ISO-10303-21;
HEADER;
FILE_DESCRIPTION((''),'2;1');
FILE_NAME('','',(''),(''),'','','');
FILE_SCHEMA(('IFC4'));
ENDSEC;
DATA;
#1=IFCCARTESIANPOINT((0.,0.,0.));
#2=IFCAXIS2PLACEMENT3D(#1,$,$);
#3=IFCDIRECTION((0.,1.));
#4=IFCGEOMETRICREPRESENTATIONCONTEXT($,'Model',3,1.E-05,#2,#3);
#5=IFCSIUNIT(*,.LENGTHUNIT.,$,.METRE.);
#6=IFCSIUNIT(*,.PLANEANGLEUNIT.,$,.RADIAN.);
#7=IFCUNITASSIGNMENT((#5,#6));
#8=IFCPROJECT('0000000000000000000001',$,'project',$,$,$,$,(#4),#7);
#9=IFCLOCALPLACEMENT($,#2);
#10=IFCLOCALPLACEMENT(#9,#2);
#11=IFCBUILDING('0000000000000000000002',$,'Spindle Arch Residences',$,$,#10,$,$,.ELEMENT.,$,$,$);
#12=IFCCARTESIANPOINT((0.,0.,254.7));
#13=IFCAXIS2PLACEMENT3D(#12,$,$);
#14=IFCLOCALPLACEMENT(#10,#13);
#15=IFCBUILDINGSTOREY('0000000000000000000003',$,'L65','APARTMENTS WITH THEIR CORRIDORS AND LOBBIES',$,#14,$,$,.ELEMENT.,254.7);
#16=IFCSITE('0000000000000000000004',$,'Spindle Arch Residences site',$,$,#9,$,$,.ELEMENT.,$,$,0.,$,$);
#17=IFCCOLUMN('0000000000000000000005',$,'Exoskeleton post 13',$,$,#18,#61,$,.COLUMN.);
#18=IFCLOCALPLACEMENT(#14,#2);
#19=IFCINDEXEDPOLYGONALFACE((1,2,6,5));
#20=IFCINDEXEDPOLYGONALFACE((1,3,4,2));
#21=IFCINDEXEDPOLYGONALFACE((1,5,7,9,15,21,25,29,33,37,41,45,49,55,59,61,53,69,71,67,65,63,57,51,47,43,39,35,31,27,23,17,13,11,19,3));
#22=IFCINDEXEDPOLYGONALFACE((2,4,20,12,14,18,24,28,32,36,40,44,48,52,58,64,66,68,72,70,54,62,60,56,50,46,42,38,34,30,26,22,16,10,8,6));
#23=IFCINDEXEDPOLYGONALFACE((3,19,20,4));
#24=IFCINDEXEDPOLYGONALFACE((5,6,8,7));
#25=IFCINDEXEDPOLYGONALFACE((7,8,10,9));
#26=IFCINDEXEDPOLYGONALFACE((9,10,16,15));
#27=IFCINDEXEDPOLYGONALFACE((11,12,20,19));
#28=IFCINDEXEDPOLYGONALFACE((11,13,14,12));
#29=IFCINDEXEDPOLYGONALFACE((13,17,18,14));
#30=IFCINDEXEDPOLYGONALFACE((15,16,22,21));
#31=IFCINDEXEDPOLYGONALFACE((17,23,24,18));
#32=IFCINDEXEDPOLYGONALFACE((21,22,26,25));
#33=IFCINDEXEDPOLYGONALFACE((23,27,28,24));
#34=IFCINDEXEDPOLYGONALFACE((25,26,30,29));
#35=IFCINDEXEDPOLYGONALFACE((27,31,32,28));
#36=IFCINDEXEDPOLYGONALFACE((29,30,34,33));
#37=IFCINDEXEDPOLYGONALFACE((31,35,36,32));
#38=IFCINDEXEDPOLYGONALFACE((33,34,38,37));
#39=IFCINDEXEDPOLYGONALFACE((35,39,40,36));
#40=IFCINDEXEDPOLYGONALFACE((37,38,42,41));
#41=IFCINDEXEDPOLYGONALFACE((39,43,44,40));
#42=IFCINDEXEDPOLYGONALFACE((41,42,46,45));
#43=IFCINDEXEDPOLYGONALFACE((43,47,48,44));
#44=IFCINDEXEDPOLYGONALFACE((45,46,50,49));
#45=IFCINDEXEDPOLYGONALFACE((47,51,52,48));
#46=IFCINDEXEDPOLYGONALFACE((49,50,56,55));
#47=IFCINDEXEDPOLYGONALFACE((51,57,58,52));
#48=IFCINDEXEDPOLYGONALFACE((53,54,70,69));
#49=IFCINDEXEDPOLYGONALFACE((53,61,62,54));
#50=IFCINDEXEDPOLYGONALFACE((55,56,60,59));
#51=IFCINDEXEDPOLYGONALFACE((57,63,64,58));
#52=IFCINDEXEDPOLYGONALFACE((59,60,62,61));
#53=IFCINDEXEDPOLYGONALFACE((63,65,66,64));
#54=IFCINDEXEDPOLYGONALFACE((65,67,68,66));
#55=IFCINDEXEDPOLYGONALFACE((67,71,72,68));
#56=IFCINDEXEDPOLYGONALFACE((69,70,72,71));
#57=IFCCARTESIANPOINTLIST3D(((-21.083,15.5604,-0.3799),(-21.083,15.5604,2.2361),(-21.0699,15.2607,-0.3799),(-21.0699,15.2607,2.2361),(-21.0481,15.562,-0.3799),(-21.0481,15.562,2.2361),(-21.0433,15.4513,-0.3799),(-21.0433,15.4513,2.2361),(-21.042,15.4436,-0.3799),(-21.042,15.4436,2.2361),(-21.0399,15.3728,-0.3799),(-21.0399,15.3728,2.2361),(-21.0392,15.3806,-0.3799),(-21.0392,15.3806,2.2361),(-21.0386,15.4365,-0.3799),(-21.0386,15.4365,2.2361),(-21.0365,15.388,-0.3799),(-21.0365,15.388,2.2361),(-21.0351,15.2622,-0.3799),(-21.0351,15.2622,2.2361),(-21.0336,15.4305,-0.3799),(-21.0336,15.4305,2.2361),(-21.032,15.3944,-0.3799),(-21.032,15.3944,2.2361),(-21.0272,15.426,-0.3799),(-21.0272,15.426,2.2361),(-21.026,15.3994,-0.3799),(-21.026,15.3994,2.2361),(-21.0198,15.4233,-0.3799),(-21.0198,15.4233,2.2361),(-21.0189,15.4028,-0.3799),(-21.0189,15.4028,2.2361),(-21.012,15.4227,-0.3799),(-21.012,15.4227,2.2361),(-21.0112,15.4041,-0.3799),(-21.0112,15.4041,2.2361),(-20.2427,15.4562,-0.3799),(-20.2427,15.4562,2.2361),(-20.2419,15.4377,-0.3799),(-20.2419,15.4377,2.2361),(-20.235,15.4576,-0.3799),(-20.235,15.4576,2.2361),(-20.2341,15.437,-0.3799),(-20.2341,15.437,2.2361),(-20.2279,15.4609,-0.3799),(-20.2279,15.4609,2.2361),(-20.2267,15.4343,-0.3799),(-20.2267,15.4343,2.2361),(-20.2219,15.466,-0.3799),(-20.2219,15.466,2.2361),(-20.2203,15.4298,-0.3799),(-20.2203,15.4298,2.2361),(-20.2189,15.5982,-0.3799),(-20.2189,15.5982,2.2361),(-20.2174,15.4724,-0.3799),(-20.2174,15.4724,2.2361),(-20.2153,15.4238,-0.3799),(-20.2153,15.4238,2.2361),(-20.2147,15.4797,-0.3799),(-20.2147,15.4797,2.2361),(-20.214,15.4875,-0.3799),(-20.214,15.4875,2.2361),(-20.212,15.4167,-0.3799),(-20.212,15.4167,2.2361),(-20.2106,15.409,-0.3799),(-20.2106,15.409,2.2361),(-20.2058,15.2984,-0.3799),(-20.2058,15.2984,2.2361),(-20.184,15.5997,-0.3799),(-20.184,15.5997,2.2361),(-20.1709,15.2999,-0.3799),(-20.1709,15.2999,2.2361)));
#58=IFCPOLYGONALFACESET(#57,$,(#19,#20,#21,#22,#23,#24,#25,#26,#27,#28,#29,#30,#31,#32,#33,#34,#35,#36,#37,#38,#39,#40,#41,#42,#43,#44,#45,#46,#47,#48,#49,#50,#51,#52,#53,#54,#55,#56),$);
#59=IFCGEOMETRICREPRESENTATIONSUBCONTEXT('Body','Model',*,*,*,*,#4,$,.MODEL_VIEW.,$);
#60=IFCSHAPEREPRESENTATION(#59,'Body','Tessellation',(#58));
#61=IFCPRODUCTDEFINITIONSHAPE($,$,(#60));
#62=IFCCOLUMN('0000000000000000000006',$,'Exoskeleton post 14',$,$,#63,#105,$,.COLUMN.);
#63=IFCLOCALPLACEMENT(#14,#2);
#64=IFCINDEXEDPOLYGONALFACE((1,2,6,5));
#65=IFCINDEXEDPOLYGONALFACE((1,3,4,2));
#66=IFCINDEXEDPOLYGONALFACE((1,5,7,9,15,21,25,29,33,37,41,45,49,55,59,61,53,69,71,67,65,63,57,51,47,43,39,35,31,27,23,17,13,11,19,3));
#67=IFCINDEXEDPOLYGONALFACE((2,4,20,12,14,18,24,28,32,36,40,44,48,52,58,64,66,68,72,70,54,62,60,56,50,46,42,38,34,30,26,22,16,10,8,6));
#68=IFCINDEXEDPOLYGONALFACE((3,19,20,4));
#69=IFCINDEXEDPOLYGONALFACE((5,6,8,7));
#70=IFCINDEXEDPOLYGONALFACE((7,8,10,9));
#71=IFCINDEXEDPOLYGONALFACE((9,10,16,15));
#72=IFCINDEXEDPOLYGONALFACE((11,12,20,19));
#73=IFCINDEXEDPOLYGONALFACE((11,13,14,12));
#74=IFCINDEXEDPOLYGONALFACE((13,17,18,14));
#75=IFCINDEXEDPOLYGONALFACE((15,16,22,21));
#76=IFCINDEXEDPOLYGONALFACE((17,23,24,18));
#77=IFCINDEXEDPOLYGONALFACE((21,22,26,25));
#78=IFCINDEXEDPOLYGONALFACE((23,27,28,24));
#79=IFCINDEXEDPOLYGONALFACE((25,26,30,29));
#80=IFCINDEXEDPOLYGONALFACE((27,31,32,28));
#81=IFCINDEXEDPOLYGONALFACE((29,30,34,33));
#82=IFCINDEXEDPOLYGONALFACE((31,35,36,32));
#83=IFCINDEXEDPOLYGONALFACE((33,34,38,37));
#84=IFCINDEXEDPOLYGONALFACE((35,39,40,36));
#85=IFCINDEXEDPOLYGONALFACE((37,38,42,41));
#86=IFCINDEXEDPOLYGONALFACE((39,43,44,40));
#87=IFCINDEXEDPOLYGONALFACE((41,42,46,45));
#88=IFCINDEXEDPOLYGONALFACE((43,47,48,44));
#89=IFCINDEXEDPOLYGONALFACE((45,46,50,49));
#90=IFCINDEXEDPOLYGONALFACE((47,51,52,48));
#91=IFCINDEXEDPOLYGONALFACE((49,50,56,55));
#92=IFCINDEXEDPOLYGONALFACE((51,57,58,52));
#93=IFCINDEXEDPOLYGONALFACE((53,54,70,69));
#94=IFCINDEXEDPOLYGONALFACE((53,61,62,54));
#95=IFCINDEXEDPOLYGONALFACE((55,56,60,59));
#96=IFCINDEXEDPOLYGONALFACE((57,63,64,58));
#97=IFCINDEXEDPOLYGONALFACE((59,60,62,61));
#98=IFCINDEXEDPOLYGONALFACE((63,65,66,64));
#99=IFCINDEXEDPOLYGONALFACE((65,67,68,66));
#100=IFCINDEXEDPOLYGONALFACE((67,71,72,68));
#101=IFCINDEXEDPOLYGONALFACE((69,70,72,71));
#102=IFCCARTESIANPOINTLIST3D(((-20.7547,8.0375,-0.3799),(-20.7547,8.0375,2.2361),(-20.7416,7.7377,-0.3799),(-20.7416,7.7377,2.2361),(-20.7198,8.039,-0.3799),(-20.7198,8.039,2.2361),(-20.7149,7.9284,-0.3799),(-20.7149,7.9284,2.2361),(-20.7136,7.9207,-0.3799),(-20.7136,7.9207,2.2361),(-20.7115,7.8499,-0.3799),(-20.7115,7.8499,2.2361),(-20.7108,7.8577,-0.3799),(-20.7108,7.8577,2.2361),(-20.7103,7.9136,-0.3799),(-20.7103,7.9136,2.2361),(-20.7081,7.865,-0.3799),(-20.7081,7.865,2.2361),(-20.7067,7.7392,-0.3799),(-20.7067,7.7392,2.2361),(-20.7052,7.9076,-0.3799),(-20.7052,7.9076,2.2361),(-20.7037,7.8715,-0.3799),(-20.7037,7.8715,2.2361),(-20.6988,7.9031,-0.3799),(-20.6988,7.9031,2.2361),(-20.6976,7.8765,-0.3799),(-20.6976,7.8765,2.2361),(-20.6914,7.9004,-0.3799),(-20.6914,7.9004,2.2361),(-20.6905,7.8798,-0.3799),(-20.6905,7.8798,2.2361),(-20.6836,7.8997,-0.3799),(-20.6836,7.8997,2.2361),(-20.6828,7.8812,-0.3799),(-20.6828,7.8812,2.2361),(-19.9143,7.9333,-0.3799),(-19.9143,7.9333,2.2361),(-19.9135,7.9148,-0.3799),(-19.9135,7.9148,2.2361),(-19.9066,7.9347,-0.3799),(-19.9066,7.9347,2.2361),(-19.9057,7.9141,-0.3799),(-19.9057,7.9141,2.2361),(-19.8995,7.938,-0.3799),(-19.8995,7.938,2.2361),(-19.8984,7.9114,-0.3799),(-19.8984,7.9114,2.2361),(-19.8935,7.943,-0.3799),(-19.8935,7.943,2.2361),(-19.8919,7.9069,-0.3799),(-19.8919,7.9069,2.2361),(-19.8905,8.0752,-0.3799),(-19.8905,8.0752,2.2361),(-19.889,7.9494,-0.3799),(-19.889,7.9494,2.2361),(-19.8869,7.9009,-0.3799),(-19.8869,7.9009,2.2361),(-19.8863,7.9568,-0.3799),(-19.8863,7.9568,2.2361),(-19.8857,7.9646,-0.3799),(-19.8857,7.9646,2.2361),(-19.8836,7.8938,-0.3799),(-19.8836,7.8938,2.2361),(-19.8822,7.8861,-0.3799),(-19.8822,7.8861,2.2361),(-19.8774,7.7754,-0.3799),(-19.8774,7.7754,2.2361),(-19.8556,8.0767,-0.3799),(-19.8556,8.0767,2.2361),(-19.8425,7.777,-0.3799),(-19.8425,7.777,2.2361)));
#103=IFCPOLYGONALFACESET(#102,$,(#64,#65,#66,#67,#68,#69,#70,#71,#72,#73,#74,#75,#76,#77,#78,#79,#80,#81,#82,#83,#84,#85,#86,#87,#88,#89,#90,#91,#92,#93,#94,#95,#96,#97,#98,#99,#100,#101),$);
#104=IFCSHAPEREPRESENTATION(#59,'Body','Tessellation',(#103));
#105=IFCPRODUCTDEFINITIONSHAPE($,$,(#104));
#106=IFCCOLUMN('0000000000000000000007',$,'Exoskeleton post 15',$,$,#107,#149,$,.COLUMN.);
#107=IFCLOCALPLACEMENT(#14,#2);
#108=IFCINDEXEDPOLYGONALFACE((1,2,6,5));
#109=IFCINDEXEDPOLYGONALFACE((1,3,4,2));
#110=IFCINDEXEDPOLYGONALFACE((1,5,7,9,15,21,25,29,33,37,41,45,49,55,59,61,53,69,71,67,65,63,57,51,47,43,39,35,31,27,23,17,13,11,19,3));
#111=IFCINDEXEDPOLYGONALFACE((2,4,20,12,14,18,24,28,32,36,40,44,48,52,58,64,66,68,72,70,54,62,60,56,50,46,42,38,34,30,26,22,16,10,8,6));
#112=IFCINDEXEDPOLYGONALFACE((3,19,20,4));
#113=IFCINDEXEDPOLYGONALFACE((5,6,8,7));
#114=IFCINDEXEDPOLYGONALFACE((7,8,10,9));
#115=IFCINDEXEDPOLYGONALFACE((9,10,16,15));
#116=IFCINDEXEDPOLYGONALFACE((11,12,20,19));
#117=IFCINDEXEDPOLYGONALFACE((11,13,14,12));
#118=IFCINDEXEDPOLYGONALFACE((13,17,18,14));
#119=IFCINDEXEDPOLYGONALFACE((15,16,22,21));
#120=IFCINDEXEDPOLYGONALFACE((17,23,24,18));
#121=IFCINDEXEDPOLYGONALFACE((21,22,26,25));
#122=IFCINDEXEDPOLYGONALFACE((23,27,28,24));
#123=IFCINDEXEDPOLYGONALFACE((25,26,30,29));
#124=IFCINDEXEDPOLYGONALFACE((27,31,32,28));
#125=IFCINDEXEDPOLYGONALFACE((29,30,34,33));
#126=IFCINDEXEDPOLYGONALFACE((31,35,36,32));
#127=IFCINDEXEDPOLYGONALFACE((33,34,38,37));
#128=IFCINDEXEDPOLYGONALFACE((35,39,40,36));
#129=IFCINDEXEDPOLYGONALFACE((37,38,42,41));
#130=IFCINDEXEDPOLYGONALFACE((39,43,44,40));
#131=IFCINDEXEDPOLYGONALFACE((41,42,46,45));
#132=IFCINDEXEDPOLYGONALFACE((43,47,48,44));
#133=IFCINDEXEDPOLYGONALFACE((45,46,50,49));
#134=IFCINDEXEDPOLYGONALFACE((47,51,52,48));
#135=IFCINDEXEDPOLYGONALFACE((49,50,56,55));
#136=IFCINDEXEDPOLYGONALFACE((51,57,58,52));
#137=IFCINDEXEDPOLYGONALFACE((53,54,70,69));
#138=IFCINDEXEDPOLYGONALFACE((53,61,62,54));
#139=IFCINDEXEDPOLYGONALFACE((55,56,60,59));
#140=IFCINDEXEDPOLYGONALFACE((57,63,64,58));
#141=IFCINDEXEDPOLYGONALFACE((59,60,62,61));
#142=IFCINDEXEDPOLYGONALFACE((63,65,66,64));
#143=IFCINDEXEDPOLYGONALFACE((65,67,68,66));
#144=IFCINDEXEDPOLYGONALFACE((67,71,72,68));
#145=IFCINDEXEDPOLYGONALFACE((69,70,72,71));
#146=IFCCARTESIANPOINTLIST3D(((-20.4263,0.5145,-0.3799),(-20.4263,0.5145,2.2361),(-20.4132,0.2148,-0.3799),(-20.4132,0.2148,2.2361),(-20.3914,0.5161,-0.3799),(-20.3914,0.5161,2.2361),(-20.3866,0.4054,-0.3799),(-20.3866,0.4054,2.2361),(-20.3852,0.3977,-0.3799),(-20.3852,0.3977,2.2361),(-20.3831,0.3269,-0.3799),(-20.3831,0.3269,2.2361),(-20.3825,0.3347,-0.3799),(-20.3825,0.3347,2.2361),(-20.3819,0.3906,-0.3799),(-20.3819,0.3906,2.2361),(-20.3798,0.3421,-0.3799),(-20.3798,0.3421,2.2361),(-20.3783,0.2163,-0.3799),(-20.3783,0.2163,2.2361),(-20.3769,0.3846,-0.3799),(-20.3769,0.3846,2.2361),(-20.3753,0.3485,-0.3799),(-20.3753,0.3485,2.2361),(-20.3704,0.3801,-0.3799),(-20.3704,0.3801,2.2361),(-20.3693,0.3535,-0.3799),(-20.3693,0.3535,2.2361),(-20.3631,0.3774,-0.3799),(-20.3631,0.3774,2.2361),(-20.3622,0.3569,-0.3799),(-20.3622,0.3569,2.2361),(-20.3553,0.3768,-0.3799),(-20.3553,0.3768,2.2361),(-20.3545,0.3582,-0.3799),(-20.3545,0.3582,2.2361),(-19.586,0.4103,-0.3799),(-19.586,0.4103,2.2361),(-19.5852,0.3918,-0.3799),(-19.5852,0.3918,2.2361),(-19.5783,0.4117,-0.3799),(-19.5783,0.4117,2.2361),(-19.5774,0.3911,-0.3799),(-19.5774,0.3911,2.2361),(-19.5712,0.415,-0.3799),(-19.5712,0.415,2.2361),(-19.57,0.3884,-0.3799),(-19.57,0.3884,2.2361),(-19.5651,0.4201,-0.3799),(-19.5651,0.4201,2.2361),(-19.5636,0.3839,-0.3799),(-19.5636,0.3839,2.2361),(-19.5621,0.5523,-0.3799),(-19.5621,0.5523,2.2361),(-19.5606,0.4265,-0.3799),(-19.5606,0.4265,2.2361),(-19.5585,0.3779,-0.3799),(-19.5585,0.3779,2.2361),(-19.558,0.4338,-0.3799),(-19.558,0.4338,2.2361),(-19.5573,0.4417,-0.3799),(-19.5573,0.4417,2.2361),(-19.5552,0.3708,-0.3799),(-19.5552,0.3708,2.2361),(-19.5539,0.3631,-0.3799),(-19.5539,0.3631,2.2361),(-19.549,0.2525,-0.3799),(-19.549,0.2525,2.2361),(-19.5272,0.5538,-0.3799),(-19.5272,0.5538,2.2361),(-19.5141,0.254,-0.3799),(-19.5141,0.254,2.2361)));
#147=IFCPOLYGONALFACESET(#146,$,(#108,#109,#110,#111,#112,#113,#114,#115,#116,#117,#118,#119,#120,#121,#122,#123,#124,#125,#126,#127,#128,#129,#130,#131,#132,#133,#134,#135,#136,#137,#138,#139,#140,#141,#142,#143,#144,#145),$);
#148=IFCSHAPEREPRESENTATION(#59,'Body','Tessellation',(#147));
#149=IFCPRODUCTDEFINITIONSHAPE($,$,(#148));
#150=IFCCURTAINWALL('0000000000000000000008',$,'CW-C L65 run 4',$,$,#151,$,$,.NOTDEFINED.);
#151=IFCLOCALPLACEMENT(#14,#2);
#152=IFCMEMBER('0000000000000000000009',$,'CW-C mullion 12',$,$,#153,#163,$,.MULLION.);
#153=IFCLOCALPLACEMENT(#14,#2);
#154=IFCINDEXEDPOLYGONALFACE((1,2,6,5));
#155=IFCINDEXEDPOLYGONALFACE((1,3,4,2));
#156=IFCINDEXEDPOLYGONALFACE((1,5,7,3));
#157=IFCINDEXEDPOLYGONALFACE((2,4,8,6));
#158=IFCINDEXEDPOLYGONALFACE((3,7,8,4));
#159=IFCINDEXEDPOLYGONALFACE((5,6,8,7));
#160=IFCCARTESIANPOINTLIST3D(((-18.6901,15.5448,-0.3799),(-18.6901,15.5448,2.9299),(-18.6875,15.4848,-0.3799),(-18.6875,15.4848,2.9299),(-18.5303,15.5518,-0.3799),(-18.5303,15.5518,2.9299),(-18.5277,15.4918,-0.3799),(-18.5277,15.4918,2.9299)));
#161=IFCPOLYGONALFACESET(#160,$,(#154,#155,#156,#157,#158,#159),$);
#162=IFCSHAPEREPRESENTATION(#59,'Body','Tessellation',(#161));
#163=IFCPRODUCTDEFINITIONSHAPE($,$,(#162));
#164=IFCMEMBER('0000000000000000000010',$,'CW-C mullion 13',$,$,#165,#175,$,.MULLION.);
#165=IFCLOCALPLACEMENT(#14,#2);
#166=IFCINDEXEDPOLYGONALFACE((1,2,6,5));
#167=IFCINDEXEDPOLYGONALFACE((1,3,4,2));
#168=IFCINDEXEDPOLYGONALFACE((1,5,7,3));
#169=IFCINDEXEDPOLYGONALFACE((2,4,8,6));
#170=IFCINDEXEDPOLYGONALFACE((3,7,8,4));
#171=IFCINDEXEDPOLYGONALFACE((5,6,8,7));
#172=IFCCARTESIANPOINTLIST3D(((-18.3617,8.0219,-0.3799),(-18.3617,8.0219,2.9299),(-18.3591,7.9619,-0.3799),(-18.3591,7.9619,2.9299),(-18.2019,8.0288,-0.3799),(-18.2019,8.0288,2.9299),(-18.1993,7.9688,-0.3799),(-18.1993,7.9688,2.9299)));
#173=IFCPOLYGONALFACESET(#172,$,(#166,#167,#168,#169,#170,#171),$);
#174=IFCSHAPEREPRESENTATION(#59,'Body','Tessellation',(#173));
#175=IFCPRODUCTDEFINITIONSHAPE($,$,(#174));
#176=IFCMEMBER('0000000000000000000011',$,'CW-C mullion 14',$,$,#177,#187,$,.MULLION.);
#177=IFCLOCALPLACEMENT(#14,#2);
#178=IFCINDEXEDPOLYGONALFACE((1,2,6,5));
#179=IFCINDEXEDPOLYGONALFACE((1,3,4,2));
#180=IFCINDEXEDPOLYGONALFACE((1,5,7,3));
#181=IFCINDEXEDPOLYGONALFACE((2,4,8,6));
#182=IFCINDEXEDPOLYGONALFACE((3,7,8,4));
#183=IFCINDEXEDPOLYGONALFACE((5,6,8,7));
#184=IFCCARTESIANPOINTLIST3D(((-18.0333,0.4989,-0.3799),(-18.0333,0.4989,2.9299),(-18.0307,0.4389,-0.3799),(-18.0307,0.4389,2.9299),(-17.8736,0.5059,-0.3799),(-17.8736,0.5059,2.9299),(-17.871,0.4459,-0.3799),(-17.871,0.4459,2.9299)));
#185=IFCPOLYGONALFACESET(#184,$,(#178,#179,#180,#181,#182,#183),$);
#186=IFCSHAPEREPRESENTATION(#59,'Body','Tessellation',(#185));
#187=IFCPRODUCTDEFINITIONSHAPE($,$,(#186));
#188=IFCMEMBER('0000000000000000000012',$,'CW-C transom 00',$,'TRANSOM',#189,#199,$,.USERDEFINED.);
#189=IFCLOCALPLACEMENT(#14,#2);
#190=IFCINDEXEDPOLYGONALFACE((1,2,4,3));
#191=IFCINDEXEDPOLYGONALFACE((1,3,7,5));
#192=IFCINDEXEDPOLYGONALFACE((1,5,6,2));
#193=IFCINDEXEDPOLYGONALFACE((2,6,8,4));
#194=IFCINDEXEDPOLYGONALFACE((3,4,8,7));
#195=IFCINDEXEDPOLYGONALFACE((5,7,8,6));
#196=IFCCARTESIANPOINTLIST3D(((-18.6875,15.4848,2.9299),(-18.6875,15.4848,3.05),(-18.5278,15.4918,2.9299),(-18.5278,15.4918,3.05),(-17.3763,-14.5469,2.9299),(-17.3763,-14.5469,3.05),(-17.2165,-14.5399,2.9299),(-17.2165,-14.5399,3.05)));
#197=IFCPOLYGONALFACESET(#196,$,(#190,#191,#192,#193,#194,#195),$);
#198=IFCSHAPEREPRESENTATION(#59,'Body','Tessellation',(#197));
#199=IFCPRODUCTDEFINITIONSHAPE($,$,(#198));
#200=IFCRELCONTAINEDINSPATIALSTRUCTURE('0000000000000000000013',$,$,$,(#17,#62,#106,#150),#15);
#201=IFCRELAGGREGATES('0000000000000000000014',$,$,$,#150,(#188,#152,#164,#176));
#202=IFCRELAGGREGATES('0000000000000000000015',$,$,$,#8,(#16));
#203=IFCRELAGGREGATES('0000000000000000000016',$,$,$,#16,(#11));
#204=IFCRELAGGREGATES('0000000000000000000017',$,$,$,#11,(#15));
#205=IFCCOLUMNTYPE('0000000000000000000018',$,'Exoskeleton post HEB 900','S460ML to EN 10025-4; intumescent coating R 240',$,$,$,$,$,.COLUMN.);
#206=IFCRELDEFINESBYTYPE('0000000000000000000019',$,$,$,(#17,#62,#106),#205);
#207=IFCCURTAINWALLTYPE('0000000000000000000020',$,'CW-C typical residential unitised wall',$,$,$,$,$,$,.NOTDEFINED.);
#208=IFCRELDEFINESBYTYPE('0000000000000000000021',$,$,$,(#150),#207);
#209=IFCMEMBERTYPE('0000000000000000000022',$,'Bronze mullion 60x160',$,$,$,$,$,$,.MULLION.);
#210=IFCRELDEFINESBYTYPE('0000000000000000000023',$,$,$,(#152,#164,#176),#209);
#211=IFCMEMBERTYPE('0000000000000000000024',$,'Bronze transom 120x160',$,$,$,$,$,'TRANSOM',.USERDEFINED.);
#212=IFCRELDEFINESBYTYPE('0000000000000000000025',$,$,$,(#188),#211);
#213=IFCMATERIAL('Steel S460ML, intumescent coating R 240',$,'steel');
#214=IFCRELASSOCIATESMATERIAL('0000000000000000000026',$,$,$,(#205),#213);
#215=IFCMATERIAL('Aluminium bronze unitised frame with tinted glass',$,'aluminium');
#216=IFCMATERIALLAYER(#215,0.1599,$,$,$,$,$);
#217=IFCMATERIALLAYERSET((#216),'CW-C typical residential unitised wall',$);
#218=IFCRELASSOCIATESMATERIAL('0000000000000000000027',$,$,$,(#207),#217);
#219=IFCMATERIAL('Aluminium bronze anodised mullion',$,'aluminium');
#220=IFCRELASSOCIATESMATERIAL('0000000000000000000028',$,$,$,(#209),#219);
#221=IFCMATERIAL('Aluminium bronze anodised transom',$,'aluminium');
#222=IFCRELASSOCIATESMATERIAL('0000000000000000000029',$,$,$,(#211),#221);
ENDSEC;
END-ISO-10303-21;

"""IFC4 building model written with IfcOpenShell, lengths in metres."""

from ifc_helpers import new_model, si_unit, direction, frame, origin, origin_2d, place, context, subcontext, project, spatial, rectangle, i_section, extrude, material, layer, layer_set, material_profile, profile_set, type_object, element, aggregate, save


model = new_model("IFC4")

# Units and contexts
model_context = context("Model", 3, precision=1e-05, world=origin(), true_north=direction((0.0, 1.0)))
body_context = subcontext(model_context, "Body", "Model", "MODEL_VIEW")
ifc_project = project(units=[si_unit("LENGTHUNIT", "METRE"), si_unit("PLANEANGLEUNIT", "RADIAN")], contexts=[model_context])

# Site, building, storey
site_placement = place(None, origin())
site = spatial("IfcSite", under=ifc_project, at=site_placement, Name="Spindle Arch Residences site", CompositionType="ELEMENT", RefElevation=0.0)
building_placement = place(site_placement, origin())
building = spatial("IfcBuilding", under=site, at=building_placement, Name="Spindle Arch Residences", CompositionType="ELEMENT")
storey_placement = place(building_placement, frame((0.0, 0.0, 254.7)))
storey = spatial("IfcBuildingStorey", under=building, at=storey_placement, Name="L65", Description="APARTMENTS WITH THEIR CORRIDORS AND LOBBIES", CompositionType="ELEMENT", Elevation=254.7)

# Columns
ifc_material_1 = material(Name="Steel S460ML, intumescent coating R 240", Category="steel")
ifc_material_profile_1 = material_profile(ifc_material_1, i_section(OverallWidth=0.3, OverallDepth=0.8999, WebThickness=0.0186, FlangeThickness=0.0349, FilletRadius=0.03, at=origin_2d()), Name="HEB 900")
ifc_profile_set_1 = profile_set([ifc_material_profile_1], Name="Steel S460ML, intumescent coating R 240")
column_type = type_object("IfcColumnType", Name="Exoskeleton post HEB 900", Description="S460ML to EN 10025-4; intumescent coating R 240", PredefinedType="COLUMN", material=ifc_profile_set_1)
for number, where, z_axis, x_axis, name in (
    (1, (-20.627, 15.4302, -0.3799), (0.0, 0.0, 1.0), (-0.043619, 0.999048, 0.0), "Exoskeleton post 13"),
    (2, (-20.2986, 7.9072, -0.3799), (0.0, 0.0, 1.0), (-0.043619, 0.999048, 0.0), "Exoskeleton post 14"),
    (3, (-19.9702, 0.3843, -0.3799), (0.0, 0.0, 1.0), (-0.043619, 0.999048, 0.0), "Exoskeleton post 15"),
):
    element("IfcColumn", number, at=place(storey_placement, frame(where, z_axis=z_axis, x_axis=x_axis)), inside=storey, type_object=column_type, Name=name, PredefinedType="COLUMN", context=body_context, shape_type="SweptSolid", body=[
        extrude(i_section(OverallWidth=0.3, OverallDepth=0.8999, WebThickness=0.0186, FlangeThickness=0.0349, FilletRadius=0.03, at=origin_2d()), origin(), (0.0, 0.0, 1.0), 2.616),
    ])

# Curtain wall, members
ifc_material_2 = material(Name="Aluminium bronze unitised frame with tinted glass", Category="aluminium")
ifc_layer_1 = layer(ifc_material_2, 0.1599)
ifc_layer_set_1 = layer_set([ifc_layer_1], Name="CW-C typical residential unitised wall")
curtain_wall_type = type_object("IfcCurtainWallType", Name="CW-C typical residential unitised wall", PredefinedType="NOTDEFINED", material=ifc_layer_set_1)
curtain_wall_placement = place(storey_placement, origin())
curtain_wall = element("IfcCurtainWall", 4, at=curtain_wall_placement, inside=storey, type_object=curtain_wall_type, Name="CW-C L65 run 4", PredefinedType="NOTDEFINED")
ifc_material_3 = material(Name="Aluminium bronze anodised mullion", Category="aluminium")
ifc_material_profile_2 = material_profile(ifc_material_3, rectangle(XDim=0.1599, YDim=0.0601, at=origin_2d()), Name="MU 60x160")
ifc_profile_set_2 = profile_set([ifc_material_profile_2], Name="Aluminium bronze anodised mullion")
member_type_1 = type_object("IfcMemberType", Name="Bronze mullion 60x160", PredefinedType="MULLION", material=ifc_profile_set_2)
member_1_placement = place(storey_placement, frame((-18.6089, 15.5183, -0.3799), z_axis=(0.0, 0.0, 1.0), x_axis=(0.999048, 0.043619, 0.0)))
member_1 = element("IfcMember", 5, at=member_1_placement, type_object=member_type_1, Name="CW-C mullion 12", PredefinedType="MULLION", context=body_context, shape_type="SweptSolid", body=[
    extrude(rectangle(XDim=0.1599, YDim=0.0601, at=origin_2d()), origin(), (0.0, 0.0, 1.0), 3.3098),
])
member_2_placement = place(storey_placement, frame((-18.2805, 7.9954, -0.3799), z_axis=(0.0, 0.0, 1.0), x_axis=(0.999048, 0.043619, 0.0)))
member_2 = element("IfcMember", 6, at=member_2_placement, type_object=member_type_1, Name="CW-C mullion 13", PredefinedType="MULLION", context=body_context, shape_type="SweptSolid", body=[
    extrude(rectangle(XDim=0.1599, YDim=0.0601, at=origin_2d()), origin(), (0.0, 0.0, 1.0), 3.3098),
])
member_3_placement = place(storey_placement, frame((-17.9521, 0.4724, -0.3799), z_axis=(0.0, 0.0, 1.0), x_axis=(0.999048, 0.043619, 0.0)))
member_3 = element("IfcMember", 7, at=member_3_placement, type_object=member_type_1, Name="CW-C mullion 14", PredefinedType="MULLION", context=body_context, shape_type="SweptSolid", body=[
    extrude(rectangle(XDim=0.1599, YDim=0.0601, at=origin_2d()), origin(), (0.0, 0.0, 1.0), 3.3098),
])
ifc_material_4 = material(Name="Aluminium bronze anodised transom", Category="aluminium")
ifc_material_profile_3 = material_profile(ifc_material_4, rectangle(XDim=0.1599, YDim=0.1201, at=origin_2d()), Name="TR 120x160")
ifc_profile_set_3 = profile_set([ifc_material_profile_3], Name="Aluminium bronze anodised transom")
member_type_2 = type_object("IfcMemberType", Name="Bronze transom 120x160", ElementType="TRANSOM", PredefinedType="USERDEFINED", material=ifc_profile_set_3)
member_4_placement = place(storey_placement, frame((-18.6077, 15.4883, 2.99), z_axis=(0.043622, -0.999048, 0.0), x_axis=(0.999048, 0.043622, 0.0)))
member_4 = element("IfcMember", 8, at=member_4_placement, type_object=member_type_2, Name="CW-C transom 00", ObjectType="TRANSOM", PredefinedType="USERDEFINED", context=body_context, shape_type="SweptSolid", body=[
    extrude(rectangle(XDim=0.1599, YDim=0.1201, at=origin_2d()), origin(), (0.0, 0.0, 1.0), 30.0603),
])

aggregate(curtain_wall, [member_4, member_1, member_2, member_3])

save(model, "model.ifc")
